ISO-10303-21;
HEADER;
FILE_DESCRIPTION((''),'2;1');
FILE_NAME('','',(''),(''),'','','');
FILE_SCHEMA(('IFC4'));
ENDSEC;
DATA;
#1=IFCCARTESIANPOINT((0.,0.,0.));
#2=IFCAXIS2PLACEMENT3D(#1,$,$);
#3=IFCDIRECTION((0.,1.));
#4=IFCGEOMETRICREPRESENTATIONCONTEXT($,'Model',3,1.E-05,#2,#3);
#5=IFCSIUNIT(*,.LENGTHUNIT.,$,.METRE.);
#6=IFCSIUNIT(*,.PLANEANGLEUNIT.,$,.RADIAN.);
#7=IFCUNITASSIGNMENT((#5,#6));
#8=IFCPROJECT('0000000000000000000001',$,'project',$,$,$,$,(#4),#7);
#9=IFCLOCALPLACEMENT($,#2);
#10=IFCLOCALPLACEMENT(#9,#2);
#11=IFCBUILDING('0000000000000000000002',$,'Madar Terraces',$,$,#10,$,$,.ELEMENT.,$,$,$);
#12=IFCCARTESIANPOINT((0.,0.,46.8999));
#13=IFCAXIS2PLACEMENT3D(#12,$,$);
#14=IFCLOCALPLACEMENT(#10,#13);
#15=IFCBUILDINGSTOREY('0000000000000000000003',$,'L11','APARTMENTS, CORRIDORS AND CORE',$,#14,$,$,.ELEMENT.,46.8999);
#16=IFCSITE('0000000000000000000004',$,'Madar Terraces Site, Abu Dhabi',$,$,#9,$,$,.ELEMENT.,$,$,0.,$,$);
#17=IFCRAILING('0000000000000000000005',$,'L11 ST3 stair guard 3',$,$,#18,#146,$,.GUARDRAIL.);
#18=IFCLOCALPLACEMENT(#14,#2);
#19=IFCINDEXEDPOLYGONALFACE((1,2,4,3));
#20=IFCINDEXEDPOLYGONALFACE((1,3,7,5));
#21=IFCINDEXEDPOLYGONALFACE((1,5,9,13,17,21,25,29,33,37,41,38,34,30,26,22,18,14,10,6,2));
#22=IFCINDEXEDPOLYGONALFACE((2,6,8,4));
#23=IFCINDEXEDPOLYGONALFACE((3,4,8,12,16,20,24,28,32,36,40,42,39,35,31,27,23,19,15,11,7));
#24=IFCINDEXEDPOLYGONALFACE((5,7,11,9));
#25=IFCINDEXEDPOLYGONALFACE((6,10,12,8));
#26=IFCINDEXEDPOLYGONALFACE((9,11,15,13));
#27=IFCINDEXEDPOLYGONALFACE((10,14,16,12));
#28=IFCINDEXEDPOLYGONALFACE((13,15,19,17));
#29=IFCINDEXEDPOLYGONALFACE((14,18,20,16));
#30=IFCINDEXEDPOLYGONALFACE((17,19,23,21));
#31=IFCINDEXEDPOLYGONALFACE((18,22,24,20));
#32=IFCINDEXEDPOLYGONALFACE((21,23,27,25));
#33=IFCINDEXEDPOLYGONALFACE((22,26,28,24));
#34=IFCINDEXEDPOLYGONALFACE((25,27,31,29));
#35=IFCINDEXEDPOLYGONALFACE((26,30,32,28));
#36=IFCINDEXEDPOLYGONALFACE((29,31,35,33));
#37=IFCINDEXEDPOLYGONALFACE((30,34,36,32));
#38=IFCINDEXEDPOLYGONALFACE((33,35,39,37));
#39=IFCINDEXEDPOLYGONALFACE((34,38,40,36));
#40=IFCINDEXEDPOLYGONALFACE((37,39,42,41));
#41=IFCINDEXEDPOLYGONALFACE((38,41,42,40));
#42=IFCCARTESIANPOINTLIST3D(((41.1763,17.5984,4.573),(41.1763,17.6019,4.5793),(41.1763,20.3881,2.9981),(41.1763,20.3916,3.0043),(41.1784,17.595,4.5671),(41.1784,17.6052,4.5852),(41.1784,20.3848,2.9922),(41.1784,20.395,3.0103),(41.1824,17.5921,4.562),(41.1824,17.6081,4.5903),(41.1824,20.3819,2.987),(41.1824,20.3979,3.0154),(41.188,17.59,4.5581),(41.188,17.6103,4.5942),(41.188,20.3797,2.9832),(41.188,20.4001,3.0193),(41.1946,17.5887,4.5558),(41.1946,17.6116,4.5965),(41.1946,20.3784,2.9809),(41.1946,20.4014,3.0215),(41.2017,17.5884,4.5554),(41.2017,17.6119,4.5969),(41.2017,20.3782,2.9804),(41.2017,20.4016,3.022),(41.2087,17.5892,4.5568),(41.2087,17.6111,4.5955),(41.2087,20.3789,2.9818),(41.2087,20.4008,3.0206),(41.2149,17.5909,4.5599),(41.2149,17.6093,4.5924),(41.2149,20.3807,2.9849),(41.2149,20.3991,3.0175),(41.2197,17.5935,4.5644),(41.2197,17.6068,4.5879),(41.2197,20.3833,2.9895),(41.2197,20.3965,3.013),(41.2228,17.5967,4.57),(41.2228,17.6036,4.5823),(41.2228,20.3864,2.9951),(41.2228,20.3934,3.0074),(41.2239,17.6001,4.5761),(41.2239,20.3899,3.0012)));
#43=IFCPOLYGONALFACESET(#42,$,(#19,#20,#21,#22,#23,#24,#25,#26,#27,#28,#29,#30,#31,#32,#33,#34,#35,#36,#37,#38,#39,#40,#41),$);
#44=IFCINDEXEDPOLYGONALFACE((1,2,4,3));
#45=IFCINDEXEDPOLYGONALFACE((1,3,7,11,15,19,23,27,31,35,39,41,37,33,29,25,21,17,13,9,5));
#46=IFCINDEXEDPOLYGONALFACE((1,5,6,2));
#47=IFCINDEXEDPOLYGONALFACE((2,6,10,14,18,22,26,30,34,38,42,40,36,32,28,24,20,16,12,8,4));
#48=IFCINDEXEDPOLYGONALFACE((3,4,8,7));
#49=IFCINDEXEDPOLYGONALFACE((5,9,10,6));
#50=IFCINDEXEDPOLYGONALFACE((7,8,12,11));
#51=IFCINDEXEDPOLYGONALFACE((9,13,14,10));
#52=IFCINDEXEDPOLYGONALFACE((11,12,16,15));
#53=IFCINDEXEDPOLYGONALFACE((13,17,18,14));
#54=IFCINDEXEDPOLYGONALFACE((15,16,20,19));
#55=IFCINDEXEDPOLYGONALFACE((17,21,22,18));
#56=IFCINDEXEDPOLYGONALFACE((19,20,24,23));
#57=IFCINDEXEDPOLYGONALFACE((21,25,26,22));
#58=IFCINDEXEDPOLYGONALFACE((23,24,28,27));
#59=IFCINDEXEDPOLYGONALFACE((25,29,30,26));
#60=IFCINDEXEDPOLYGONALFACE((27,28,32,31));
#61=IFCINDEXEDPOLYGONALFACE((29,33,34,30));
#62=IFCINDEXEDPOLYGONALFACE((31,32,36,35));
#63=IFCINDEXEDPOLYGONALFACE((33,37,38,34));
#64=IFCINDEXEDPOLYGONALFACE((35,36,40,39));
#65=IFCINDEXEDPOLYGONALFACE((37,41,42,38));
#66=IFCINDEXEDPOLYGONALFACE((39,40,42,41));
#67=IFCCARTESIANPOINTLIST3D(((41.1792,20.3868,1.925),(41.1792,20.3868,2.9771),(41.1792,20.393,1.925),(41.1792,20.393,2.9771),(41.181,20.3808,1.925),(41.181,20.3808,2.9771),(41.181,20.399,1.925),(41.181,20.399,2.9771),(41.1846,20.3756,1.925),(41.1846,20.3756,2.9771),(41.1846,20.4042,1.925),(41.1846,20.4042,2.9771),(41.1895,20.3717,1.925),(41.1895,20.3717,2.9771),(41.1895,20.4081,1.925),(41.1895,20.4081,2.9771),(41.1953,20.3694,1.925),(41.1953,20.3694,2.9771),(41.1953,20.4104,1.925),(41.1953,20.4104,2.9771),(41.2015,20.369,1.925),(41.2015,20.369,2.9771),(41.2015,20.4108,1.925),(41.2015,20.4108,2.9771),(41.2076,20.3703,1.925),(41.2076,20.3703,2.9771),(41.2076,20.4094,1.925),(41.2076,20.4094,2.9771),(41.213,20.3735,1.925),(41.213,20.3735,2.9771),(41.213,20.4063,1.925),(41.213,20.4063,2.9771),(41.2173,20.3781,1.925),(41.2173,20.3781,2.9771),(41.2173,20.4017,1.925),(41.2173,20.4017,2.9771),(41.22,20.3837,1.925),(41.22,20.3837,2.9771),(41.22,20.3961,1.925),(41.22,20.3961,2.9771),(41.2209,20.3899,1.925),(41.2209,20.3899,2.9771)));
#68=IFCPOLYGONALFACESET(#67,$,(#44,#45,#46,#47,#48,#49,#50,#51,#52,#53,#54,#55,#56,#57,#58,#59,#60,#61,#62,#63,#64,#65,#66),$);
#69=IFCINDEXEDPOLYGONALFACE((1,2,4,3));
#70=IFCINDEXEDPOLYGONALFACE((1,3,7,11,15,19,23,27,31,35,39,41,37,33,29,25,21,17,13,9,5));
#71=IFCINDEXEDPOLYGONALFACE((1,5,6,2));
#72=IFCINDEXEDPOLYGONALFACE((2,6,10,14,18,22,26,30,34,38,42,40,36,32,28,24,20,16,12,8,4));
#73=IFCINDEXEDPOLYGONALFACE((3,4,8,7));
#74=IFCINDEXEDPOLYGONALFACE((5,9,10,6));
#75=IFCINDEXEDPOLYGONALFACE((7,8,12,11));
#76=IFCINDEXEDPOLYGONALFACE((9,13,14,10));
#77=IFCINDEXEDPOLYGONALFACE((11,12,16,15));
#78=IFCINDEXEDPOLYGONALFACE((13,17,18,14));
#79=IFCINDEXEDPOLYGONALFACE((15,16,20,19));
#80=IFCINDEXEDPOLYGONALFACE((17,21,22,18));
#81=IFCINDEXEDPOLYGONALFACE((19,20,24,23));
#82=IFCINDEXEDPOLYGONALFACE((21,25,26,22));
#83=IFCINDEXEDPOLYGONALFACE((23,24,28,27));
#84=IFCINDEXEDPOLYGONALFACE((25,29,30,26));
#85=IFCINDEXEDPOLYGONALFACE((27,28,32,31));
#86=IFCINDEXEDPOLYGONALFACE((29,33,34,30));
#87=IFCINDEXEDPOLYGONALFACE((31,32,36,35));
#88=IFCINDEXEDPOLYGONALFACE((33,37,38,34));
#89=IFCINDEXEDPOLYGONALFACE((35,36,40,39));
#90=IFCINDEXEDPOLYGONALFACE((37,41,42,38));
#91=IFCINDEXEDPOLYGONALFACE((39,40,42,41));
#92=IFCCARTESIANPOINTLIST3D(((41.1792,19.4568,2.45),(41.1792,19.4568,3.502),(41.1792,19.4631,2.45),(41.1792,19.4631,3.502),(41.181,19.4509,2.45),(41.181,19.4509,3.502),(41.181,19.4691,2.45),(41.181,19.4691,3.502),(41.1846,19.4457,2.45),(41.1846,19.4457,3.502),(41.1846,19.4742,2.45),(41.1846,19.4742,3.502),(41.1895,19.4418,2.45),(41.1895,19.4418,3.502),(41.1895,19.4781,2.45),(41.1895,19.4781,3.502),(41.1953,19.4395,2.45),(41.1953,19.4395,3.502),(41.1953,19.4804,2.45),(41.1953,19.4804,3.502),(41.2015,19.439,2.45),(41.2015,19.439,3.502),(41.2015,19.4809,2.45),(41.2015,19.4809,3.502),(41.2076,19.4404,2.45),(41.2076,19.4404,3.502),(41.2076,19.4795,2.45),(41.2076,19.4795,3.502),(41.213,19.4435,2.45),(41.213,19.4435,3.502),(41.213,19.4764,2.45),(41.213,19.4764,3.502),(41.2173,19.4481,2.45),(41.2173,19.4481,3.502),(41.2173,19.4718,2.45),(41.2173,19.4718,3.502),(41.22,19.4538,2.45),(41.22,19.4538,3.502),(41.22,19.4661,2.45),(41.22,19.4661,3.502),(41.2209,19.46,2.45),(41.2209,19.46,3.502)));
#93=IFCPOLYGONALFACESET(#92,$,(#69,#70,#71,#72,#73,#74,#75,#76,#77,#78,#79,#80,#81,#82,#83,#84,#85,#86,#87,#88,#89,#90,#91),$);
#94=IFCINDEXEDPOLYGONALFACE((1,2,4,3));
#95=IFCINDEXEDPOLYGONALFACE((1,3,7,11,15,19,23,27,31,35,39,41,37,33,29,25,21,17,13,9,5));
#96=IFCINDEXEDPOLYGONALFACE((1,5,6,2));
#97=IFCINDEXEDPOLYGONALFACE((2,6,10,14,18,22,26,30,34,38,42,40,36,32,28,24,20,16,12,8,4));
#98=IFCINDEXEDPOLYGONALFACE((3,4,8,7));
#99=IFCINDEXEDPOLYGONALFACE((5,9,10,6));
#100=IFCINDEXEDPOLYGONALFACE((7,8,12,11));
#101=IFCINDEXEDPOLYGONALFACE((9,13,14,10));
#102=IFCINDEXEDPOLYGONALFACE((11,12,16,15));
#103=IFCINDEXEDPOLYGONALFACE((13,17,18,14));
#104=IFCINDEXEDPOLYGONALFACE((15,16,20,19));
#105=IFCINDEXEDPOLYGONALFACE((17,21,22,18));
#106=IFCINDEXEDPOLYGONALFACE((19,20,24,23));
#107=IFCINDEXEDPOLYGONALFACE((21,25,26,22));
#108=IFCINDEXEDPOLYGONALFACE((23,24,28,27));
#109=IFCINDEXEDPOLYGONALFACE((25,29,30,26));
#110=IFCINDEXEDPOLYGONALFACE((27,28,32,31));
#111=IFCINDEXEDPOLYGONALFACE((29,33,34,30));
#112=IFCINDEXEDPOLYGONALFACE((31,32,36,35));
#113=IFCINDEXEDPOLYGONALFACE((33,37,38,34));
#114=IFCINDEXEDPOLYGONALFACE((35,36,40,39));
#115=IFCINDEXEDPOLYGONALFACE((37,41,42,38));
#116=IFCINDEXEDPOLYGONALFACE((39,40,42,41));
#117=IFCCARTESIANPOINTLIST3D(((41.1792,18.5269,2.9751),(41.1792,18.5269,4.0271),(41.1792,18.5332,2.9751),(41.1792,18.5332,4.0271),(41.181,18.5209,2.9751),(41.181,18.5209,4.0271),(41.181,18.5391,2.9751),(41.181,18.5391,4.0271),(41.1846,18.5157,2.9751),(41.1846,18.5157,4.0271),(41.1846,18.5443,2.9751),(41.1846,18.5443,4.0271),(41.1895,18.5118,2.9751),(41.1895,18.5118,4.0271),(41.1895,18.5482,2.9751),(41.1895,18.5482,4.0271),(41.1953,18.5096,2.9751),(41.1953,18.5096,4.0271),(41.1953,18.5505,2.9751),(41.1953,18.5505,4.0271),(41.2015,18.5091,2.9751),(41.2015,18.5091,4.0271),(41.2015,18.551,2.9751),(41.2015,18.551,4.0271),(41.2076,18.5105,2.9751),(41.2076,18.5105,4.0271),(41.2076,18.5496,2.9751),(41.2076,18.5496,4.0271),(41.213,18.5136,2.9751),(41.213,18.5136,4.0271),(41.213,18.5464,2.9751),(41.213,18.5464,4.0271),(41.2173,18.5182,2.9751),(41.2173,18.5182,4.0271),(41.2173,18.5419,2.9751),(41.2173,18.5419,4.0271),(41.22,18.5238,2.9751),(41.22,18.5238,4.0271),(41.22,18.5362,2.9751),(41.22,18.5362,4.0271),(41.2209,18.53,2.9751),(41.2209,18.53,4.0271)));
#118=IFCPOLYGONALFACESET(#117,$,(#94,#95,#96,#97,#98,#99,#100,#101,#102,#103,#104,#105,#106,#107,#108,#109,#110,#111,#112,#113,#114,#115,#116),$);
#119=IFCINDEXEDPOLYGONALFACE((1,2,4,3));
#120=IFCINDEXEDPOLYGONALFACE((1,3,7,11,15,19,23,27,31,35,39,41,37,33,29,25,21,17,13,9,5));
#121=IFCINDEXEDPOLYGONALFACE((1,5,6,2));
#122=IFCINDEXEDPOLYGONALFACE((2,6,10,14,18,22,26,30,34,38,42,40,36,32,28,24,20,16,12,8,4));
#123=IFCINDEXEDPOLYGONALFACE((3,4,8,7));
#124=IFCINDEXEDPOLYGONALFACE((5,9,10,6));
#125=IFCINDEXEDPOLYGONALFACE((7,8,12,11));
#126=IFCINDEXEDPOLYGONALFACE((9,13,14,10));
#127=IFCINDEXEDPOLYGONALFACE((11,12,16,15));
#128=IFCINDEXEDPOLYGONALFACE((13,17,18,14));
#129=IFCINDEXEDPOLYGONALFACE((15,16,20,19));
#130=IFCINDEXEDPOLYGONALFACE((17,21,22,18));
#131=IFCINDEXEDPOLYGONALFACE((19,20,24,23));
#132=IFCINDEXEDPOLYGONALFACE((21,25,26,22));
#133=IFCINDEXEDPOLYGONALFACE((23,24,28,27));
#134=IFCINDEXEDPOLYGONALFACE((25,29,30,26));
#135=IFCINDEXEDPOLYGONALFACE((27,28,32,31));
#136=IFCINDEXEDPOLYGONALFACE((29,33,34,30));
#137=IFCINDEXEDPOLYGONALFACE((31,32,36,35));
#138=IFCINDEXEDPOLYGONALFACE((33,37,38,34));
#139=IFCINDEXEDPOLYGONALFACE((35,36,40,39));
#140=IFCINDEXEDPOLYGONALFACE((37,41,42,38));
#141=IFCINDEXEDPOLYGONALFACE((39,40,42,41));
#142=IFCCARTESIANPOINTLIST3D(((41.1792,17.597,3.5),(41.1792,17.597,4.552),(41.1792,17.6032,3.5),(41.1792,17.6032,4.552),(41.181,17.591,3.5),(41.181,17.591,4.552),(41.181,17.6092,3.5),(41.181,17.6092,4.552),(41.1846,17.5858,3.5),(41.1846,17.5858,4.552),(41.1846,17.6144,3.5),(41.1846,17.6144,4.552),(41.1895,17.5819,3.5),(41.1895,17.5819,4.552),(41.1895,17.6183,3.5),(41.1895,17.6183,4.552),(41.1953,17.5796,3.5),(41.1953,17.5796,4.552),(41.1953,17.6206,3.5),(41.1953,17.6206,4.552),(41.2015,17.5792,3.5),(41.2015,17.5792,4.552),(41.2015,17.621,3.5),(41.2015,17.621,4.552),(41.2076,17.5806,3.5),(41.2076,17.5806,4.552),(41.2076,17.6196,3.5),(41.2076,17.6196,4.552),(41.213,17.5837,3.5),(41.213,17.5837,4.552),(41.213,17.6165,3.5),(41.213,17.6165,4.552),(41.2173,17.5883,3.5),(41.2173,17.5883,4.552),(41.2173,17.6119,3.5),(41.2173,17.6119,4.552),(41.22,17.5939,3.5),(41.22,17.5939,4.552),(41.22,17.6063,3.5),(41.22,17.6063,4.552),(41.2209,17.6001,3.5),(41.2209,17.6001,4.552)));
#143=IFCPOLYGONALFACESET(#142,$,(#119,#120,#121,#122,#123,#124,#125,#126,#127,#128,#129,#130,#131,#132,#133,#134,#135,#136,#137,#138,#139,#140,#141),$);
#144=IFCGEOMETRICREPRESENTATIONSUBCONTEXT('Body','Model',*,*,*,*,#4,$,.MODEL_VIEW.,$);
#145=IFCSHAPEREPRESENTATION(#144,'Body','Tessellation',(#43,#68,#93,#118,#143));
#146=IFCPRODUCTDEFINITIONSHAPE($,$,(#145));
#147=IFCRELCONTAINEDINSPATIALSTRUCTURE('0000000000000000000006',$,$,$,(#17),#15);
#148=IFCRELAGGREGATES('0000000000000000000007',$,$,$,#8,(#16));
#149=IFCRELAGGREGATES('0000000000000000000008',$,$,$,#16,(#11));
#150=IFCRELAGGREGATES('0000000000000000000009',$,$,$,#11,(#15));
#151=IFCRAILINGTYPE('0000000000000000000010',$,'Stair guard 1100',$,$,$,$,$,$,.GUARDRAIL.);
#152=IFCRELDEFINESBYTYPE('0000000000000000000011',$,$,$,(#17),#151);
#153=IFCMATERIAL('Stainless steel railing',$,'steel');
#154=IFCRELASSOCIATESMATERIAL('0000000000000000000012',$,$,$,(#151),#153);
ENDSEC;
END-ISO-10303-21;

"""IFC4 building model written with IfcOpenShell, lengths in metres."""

from ifc_helpers import new_model, si_unit, direction, frame, origin, origin_2d, place, context, subcontext, project, spatial, circle, extrude, material, type_object, element, save


model = new_model("IFC4")

# Units and contexts
model_context = context("Model", 3, precision=1e-05, world=origin(), true_north=direction((0.0, 1.0)))
body_context = subcontext(model_context, "Body", "Model", "MODEL_VIEW")
ifc_project = project(units=[si_unit("LENGTHUNIT", "METRE"), si_unit("PLANEANGLEUNIT", "RADIAN")], contexts=[model_context])

# Site, building, storey
site_placement = place(None, origin())
site = spatial("IfcSite", under=ifc_project, at=site_placement, Name="Madar Terraces Site, Abu Dhabi", CompositionType="ELEMENT", RefElevation=0.0)
building_placement = place(site_placement, origin())
building = spatial("IfcBuilding", under=site, at=building_placement, Name="Madar Terraces", CompositionType="ELEMENT")
storey_placement = place(building_placement, frame((0.0, 0.0, 46.8999)))
storey = spatial("IfcBuildingStorey", under=building, at=storey_placement, Name="L11", Description="APARTMENTS, CORRIDORS AND CORE", CompositionType="ELEMENT", Elevation=46.8999)

# Railing
ifc_material_1 = material(Name="Stainless steel railing", Category="steel")
railing_type_1 = type_object("IfcRailingType", Name="Stair guard 1100", PredefinedType="GUARDRAIL", material=ifc_material_1)
railing_1_placement = place(storey_placement, frame((41.2, 20.3899, 1.925)))
element("IfcRailing", 1, at=railing_1_placement, inside=storey, type_object=railing_type_1, Name="L11 ST3 stair guard 3", PredefinedType="GUARDRAIL", context=body_context, shape_type="SweptSolid", body=[
    extrude(circle(Radius=0.0239, at=origin_2d()), frame((0.0, 0.0, 1.0762), z_axis=(0.0, -0.870815, 0.49161), x_axis=(1.0, 0.0, 0.0)), (0.0, 0.0, 1.0), 3.2036),
    extrude(circle(Radius=0.021, at=origin_2d()), origin(), (0.0, 0.0, 1.0), 1.052),
    extrude(circle(Radius=0.021, at=origin_2d()), frame((0.0, -0.9299, 0.5249)), (0.0, 0.0, 1.0), 1.052),
    extrude(circle(Radius=0.021, at=origin_2d()), frame((0.0, -1.8599, 1.05)), (0.0, 0.0, 1.0), 1.052),
    extrude(circle(Radius=0.021, at=origin_2d()), frame((0.0, -2.7898, 1.575)), (0.0, 0.0, 1.0), 1.052),
])

save(model, "model.ifc")
